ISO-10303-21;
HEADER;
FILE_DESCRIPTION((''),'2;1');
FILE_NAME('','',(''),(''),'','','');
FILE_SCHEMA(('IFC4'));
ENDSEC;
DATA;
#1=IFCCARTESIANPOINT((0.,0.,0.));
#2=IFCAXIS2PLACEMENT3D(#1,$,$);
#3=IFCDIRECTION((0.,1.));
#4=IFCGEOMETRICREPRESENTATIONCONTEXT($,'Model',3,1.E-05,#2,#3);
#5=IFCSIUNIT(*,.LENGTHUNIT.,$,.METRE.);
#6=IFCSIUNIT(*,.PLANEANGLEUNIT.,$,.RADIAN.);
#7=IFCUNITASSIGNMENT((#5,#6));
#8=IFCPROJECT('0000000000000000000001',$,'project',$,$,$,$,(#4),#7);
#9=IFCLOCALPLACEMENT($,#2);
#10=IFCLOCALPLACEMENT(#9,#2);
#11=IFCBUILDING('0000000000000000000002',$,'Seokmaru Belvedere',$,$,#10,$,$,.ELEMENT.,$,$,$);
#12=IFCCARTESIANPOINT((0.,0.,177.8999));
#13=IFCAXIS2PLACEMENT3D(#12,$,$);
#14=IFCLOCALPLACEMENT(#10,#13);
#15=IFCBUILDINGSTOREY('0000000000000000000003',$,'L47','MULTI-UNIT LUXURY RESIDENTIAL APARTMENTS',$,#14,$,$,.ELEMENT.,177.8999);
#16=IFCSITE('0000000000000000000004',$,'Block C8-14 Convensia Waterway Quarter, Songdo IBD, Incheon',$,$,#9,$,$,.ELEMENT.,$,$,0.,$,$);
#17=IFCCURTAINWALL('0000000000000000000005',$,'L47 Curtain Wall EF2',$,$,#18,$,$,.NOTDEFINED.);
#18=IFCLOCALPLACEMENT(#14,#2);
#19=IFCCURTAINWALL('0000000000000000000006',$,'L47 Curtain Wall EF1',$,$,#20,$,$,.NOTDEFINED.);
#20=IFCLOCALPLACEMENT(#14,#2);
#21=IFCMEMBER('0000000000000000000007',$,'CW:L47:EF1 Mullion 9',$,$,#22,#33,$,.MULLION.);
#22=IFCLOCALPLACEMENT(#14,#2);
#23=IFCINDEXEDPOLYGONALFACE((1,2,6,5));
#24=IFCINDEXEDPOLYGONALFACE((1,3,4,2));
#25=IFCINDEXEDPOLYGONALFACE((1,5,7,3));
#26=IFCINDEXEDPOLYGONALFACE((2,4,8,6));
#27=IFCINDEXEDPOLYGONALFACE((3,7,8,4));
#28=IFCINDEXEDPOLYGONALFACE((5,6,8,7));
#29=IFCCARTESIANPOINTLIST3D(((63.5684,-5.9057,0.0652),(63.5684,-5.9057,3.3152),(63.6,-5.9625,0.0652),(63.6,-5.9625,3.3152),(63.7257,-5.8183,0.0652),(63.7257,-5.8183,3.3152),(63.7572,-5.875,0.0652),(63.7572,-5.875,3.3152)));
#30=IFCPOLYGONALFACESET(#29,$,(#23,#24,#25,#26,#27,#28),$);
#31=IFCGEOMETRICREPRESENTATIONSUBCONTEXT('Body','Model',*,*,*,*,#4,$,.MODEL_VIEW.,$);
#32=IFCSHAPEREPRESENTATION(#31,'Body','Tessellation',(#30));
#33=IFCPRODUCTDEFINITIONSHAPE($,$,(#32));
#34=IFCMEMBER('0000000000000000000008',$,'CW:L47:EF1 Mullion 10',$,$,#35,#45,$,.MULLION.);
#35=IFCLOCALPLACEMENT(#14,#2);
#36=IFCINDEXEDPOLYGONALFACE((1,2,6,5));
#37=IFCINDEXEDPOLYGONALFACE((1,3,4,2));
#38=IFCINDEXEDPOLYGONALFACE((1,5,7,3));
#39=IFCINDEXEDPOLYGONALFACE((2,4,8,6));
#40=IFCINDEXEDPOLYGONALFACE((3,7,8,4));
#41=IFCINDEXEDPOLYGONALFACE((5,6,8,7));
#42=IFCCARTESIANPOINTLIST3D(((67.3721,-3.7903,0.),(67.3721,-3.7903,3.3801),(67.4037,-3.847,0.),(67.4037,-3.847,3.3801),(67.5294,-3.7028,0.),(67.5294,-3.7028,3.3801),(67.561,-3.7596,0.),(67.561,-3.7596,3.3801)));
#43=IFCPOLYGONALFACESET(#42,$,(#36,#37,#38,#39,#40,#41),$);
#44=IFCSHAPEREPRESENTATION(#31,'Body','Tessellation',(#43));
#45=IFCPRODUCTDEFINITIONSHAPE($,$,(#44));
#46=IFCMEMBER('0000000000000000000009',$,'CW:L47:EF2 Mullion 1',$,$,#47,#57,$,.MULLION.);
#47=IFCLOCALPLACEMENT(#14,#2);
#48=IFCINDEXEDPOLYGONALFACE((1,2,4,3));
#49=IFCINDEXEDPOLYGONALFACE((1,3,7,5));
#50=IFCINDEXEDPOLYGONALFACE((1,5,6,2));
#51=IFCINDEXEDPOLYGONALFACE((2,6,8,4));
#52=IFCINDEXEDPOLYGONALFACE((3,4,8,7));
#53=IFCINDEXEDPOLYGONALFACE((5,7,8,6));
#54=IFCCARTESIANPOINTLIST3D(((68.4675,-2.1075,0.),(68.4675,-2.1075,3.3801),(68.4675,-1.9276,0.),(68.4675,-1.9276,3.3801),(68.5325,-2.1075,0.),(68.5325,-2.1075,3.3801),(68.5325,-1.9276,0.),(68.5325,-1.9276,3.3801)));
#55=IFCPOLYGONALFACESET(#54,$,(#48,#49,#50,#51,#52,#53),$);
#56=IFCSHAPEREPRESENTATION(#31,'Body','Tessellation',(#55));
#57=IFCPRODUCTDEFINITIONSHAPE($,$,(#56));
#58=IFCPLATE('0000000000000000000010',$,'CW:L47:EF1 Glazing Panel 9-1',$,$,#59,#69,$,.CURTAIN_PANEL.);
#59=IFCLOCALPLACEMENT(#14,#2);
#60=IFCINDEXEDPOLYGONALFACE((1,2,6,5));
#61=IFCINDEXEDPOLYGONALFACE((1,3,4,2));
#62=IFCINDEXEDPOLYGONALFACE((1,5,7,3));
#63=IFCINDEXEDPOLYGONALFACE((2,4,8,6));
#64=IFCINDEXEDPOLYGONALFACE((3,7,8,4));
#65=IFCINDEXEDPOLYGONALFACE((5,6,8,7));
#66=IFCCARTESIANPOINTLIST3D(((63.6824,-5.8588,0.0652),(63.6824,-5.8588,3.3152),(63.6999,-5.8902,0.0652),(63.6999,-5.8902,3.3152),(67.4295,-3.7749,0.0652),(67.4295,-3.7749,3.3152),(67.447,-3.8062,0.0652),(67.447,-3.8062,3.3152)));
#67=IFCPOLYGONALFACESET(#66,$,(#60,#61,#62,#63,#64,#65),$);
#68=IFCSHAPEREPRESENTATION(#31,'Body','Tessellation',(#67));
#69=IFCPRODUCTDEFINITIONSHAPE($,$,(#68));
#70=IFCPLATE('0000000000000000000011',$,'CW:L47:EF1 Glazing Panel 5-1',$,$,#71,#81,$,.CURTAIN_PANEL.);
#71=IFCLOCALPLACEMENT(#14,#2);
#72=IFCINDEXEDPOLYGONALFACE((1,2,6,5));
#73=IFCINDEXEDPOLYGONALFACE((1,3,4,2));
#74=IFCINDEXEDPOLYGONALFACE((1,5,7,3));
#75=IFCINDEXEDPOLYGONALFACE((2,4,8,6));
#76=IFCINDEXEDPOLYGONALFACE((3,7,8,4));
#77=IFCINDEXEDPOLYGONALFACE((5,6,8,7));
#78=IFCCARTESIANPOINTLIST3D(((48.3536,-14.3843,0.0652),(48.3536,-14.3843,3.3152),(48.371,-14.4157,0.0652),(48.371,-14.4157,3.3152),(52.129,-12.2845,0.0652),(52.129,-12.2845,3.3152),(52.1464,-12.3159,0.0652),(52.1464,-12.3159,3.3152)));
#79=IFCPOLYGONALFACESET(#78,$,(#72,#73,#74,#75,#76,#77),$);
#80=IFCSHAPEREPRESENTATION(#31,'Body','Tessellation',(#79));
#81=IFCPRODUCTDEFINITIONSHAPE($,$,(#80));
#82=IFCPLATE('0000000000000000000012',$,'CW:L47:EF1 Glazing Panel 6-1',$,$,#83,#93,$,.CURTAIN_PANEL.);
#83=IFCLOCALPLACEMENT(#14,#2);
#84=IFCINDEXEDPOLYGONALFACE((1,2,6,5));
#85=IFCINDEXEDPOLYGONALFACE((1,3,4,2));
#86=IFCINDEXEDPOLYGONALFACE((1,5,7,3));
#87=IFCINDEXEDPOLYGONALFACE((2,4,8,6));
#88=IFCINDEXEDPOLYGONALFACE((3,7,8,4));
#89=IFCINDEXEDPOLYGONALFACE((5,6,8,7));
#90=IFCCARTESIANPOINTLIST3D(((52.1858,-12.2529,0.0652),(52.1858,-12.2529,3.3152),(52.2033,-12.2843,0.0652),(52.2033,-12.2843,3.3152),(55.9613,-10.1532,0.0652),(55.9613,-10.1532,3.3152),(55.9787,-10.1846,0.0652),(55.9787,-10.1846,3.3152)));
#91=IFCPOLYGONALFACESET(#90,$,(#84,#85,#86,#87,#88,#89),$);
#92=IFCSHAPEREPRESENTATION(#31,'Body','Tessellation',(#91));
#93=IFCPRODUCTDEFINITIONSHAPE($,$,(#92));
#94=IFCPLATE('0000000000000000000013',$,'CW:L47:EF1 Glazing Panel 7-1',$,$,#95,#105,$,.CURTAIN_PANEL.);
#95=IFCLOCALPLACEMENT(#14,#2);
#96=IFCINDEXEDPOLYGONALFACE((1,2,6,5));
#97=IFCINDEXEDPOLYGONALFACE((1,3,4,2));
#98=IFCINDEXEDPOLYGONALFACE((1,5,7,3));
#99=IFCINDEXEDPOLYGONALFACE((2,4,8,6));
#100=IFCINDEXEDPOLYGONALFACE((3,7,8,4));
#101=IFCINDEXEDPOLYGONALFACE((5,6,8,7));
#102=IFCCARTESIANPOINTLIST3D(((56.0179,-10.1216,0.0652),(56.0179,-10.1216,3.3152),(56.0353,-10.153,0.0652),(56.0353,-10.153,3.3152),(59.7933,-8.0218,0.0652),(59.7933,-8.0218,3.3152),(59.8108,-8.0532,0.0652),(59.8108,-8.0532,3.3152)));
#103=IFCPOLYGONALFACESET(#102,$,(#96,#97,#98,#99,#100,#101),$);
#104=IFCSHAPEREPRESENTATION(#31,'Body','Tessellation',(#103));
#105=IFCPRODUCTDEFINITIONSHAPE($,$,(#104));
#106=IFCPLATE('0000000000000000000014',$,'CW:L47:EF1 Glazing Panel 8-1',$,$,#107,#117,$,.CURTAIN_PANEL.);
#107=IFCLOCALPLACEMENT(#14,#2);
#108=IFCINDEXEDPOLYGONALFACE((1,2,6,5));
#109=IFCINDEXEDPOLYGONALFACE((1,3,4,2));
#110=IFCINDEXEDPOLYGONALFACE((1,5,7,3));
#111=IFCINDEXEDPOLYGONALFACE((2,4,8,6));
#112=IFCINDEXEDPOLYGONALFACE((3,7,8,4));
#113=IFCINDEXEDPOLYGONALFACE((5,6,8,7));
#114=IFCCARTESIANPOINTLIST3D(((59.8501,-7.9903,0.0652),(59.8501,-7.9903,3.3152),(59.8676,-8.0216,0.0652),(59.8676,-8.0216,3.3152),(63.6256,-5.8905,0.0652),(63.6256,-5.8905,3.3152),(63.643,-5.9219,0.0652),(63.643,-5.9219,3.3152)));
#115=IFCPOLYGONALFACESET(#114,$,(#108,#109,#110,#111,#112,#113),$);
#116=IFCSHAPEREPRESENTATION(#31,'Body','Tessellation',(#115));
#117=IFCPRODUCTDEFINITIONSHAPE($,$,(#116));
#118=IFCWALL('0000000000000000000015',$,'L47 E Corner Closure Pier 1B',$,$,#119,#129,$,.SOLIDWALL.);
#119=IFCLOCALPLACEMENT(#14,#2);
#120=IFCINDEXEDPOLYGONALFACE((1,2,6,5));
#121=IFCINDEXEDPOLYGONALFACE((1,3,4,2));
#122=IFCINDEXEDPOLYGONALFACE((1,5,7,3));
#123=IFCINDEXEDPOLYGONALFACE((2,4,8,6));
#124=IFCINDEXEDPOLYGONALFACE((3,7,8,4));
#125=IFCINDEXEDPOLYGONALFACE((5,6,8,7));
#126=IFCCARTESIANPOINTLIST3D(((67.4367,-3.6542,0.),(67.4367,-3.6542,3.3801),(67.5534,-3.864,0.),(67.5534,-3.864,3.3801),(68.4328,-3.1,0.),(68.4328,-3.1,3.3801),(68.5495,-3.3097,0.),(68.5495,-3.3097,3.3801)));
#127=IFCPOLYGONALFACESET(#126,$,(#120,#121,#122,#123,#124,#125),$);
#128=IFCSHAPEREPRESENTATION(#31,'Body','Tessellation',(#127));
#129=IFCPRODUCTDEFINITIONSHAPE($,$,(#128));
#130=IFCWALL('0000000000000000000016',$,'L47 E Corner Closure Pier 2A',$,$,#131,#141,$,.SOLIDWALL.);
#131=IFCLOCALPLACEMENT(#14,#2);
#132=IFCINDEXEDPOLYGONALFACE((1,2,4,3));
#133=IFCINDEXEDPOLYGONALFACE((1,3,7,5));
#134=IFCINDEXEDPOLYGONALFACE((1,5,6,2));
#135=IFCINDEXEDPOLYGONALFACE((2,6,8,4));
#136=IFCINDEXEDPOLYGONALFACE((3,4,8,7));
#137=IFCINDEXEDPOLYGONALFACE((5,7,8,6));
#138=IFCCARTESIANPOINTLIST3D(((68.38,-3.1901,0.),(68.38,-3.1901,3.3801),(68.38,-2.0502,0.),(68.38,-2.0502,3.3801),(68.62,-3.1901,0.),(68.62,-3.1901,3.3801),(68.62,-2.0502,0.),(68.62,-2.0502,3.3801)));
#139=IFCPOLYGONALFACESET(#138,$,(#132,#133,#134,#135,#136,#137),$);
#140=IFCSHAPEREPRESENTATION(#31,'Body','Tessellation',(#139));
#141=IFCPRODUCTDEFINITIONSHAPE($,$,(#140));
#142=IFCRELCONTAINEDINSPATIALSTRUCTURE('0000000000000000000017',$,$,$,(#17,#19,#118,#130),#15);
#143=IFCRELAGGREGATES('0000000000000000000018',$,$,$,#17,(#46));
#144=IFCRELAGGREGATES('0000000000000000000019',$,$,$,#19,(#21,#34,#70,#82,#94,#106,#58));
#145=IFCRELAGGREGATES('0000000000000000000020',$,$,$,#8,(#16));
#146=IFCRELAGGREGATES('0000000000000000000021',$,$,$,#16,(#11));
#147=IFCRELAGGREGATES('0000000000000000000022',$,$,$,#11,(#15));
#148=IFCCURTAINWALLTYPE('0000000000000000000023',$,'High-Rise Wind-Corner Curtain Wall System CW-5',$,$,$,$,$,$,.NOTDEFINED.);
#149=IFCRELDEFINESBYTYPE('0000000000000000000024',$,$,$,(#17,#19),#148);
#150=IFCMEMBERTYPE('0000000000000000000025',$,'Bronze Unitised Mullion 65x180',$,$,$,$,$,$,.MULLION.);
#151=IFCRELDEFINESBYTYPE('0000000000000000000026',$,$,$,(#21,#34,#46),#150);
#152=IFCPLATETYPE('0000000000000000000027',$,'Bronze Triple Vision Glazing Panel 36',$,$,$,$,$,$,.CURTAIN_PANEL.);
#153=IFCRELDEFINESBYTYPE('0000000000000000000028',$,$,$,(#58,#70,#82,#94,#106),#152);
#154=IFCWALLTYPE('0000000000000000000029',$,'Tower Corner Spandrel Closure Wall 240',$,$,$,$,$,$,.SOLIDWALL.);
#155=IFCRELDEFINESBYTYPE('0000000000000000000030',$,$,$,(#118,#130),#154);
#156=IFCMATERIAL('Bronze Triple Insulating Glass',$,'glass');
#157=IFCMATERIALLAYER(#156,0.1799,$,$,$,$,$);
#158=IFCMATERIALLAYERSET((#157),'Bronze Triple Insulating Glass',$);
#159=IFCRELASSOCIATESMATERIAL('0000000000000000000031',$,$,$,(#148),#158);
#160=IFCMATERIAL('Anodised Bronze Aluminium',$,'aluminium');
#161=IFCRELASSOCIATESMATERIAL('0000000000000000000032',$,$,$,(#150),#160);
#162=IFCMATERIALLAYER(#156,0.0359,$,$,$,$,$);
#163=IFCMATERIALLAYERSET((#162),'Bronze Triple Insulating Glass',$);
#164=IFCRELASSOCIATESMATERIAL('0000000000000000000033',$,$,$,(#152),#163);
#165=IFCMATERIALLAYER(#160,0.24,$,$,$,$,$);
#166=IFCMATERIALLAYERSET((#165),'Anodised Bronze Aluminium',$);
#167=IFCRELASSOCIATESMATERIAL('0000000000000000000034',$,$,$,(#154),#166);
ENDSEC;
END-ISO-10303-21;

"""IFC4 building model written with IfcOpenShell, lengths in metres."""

from ifc_helpers import new_model, si_unit, direction, frame, frame_2d, origin, origin_2d, place, context, subcontext, project, spatial, rectangle, extrude, source, transform, mapped, material, layer, layer_set, material_profile, profile_set, type_object, type_shapes, element, aggregate, save


model = new_model("IFC4")

# Units and contexts
model_context = context("Model", 3, precision=1e-05, world=origin(), true_north=direction((0.0, 1.0)))
body_context = subcontext(model_context, "Body", "Model", "MODEL_VIEW")
ifc_project = project(units=[si_unit("LENGTHUNIT", "METRE"), si_unit("PLANEANGLEUNIT", "RADIAN")], contexts=[model_context])

# Site, building, storey
site_placement = place(None, origin())
site = spatial("IfcSite", under=ifc_project, at=site_placement, Name="Block C8-14 Convensia Waterway Quarter, Songdo IBD, Incheon", CompositionType="ELEMENT", RefElevation=0.0)
building_placement = place(site_placement, origin())
building = spatial("IfcBuilding", under=site, at=building_placement, Name="Seokmaru Belvedere", CompositionType="ELEMENT")
storey_placement = place(building_placement, frame((0.0, 0.0, 177.8999)))
storey = spatial("IfcBuildingStorey", under=building, at=storey_placement, Name="L47", Description="MULTI-UNIT LUXURY RESIDENTIAL APARTMENTS", CompositionType="ELEMENT", Elevation=177.8999)

# Curtain wall
ifc_material_1 = material(Name="Bronze Triple Insulating Glass", Category="glass")
ifc_layer_1 = layer(ifc_material_1, 0.1799)
ifc_layer_set_1 = layer_set([ifc_layer_1], Name="Bronze Triple Insulating Glass")
curtain_wall_type = type_object("IfcCurtainWallType", Name="High-Rise Wind-Corner Curtain Wall System CW-5", PredefinedType="NOTDEFINED", material=ifc_layer_set_1)
curtain_wall_1_placement = place(storey_placement, origin())
curtain_wall_1 = element("IfcCurtainWall", 1, at=curtain_wall_1_placement, inside=storey, type_object=curtain_wall_type, Name="L47 Curtain Wall EF2", PredefinedType="NOTDEFINED")
ifc_material_2 = material(Name="Anodised Bronze Aluminium", Category="aluminium")

# Curtain wall, members
curtain_wall_2_placement = place(storey_placement, origin())
curtain_wall_2 = element("IfcCurtainWall", 2, at=curtain_wall_2_placement, inside=storey, type_object=curtain_wall_type, Name="L47 Curtain Wall EF1", PredefinedType="NOTDEFINED")
ifc_material_profile_1 = material_profile(ifc_material_2, rectangle(XDim=0.0649, YDim=0.1799, at=origin_2d()), Name="CW-M-65x180")
ifc_profile_set_1 = profile_set([ifc_material_profile_1], Name="Anodised Bronze Aluminium")
member_type_1 = type_object("IfcMemberType", Name="Bronze Unitised Mullion 65x180", PredefinedType="MULLION", material=ifc_profile_set_1)
shared_shape_1 = source(origin(), body_context, "Body", "SweptSolid", [
    extrude(rectangle(XDim=0.0649, YDim=0.1799, at=origin_2d()), origin(), (0.0, 0.0, 1.0), 3.25),
])
member_1_placement = place(storey_placement, frame((63.6628, -5.8904, 0.0652), z_axis=(0.0, 0.0, 1.0), x_axis=(-0.486047, 0.873933, 0.0)))
member_1 = element("IfcMember", 3, at=member_1_placement, type_object=member_type_1, Name="CW:L47:EF1 Mullion 9", PredefinedType="MULLION", context=body_context, shape_type="MappedRepresentation", body=[
    mapped(shared_shape_1, transform((0.0, 0.0, 0.0), scale=1.0)),
])
shared_shape_2 = source(origin(), body_context, "Body", "SweptSolid", [
    extrude(rectangle(XDim=0.0649, YDim=0.1799, at=origin_2d()), origin(), (0.0, 0.0, 1.0), 3.3801),
])
type_shapes(member_type_1, [shared_shape_1, shared_shape_2])
member_2_placement = place(storey_placement, frame((67.4666, -3.7749, 0.0), z_axis=(0.0, 0.0, 1.0), x_axis=(-0.486047, 0.873933, 0.0)))
member_2 = element("IfcMember", 4, at=member_2_placement, type_object=member_type_1, Name="CW:L47:EF1 Mullion 10", PredefinedType="MULLION", context=body_context, shape_type="MappedRepresentation", body=[
    mapped(shared_shape_2, transform((0.0, 0.0, 0.0), scale=1.0)),
])

# Member
member_3_placement = place(storey_placement, frame((68.5, -2.0176, 0.0), z_axis=(0.0, 0.0, 1.0), x_axis=(-1.0, 0.0, 0.0)))
member_3 = element("IfcMember", 5, at=member_3_placement, type_object=member_type_1, Name="CW:L47:EF2 Mullion 1", PredefinedType="MULLION", context=body_context, shape_type="MappedRepresentation", body=[
    mapped(shared_shape_2, transform((0.0, 0.0, 0.0), scale=1.0)),
])
aggregate(curtain_wall_1, [member_3])

# Plates
ifc_layer_2 = layer(ifc_material_1, 0.0359)
ifc_layer_set_2 = layer_set([ifc_layer_2], Name="Bronze Triple Insulating Glass")
plate_type = type_object("IfcPlateType", Name="Bronze Triple Vision Glazing Panel 36", PredefinedType="CURTAIN_PANEL", material=ifc_layer_set_2)
shared_shape_3 = source(origin(), body_context, "Body", "SweptSolid", [
    extrude(rectangle(XDim=4.2876, YDim=0.0359, at=origin_2d()), origin(), (0.0, 0.0, 1.0), 3.25),
])
plate_1_placement = place(storey_placement, frame((65.5647, -4.8325, 0.0652), z_axis=(0.0, 0.0, 1.0), x_axis=(0.873933, 0.486047, 0.0)))
plate_1 = element("IfcPlate", 6, at=plate_1_placement, type_object=plate_type, Name="CW:L47:EF1 Glazing Panel 9-1", PredefinedType="CURTAIN_PANEL", context=body_context, shape_type="MappedRepresentation", body=[
    mapped(shared_shape_3, transform((0.0, 0.0, 0.0), scale=1.0)),
])
shared_shape_4 = source(origin(), body_context, "Body", "SweptSolid", [
    extrude(rectangle(XDim=4.3201, YDim=0.0359, at=origin_2d()), origin(), (0.0, 0.0, 1.0), 3.25),
])
type_shapes(plate_type, [shared_shape_3, shared_shape_4])
plate_2_placement = place(storey_placement, frame((50.25, -13.3501, 0.0652), z_axis=(0.0, 0.0, 1.0), x_axis=(0.873933, 0.486047, 0.0)))
plate_2 = element("IfcPlate", 7, at=plate_2_placement, type_object=plate_type, Name="CW:L47:EF1 Glazing Panel 5-1", PredefinedType="CURTAIN_PANEL", context=body_context, shape_type="MappedRepresentation", body=[
    mapped(shared_shape_4, transform((0.0, 0.0, 0.0), scale=1.0)),
])
plate_3_placement = place(storey_placement, frame((54.0823, -11.2188, 0.0652), z_axis=(0.0, 0.0, 1.0), x_axis=(0.873933, 0.486047, 0.0)))
plate_3 = element("IfcPlate", 8, at=plate_3_placement, type_object=plate_type, Name="CW:L47:EF1 Glazing Panel 6-1", PredefinedType="CURTAIN_PANEL", context=body_context, shape_type="MappedRepresentation", body=[
    mapped(shared_shape_4, transform((0.0, 0.0, 0.0), scale=1.0)),
])
plate_4_placement = place(storey_placement, frame((57.9143, -9.0874, 0.0652), z_axis=(0.0, 0.0, 1.0), x_axis=(0.873933, 0.486047, 0.0)))
plate_4 = element("IfcPlate", 9, at=plate_4_placement, type_object=plate_type, Name="CW:L47:EF1 Glazing Panel 7-1", PredefinedType="CURTAIN_PANEL", context=body_context, shape_type="MappedRepresentation", body=[
    mapped(shared_shape_4, transform((0.0, 0.0, 0.0), scale=1.0)),
])
plate_5_placement = place(storey_placement, frame((61.7466, -6.9561, 0.0652), z_axis=(0.0, 0.0, 1.0), x_axis=(0.873933, 0.486047, 0.0)))
plate_5 = element("IfcPlate", 10, at=plate_5_placement, type_object=plate_type, Name="CW:L47:EF1 Glazing Panel 8-1", PredefinedType="CURTAIN_PANEL", context=body_context, shape_type="MappedRepresentation", body=[
    mapped(shared_shape_4, transform((0.0, 0.0, 0.0), scale=1.0)),
])
aggregate(curtain_wall_2, [member_1, member_2, plate_2, plate_3, plate_4, plate_5, plate_1])

# Walls
ifc_layer_3 = layer(ifc_material_2, 0.24)
ifc_layer_set_3 = layer_set([ifc_layer_3], Name="Anodised Bronze Aluminium")
wall_type = type_object("IfcWallType", Name="Tower Corner Spandrel Closure Wall 240", PredefinedType="SOLIDWALL", material=ifc_layer_set_3)
for number, where, z_axis, x_axis, name in (
    (11, (67.4951, -3.759, 0.0), (0.0, 0.0, 1.0), (0.873854, 0.486188, 0.0), "L47 E Corner Closure Pier 1B"),
    (12, (68.5, -3.1899, 0.0), (0.0, 0.0, 1.0), (0.0, 1.0, 0.0), "L47 E Corner Closure Pier 2A"),
):
    element("IfcWall", number, at=place(storey_placement, frame(where, z_axis=z_axis, x_axis=x_axis)), inside=storey, type_object=wall_type, Name=name, PredefinedType="SOLIDWALL", context=body_context, shape_type="SweptSolid", body=[
        extrude(rectangle(XDim=1.1399, YDim=0.24, at=frame_2d((0.5698, 0.0))), origin(), (0.0, 0.0, 1.0), 3.3801),
    ])

save(model, "model.ifc")
